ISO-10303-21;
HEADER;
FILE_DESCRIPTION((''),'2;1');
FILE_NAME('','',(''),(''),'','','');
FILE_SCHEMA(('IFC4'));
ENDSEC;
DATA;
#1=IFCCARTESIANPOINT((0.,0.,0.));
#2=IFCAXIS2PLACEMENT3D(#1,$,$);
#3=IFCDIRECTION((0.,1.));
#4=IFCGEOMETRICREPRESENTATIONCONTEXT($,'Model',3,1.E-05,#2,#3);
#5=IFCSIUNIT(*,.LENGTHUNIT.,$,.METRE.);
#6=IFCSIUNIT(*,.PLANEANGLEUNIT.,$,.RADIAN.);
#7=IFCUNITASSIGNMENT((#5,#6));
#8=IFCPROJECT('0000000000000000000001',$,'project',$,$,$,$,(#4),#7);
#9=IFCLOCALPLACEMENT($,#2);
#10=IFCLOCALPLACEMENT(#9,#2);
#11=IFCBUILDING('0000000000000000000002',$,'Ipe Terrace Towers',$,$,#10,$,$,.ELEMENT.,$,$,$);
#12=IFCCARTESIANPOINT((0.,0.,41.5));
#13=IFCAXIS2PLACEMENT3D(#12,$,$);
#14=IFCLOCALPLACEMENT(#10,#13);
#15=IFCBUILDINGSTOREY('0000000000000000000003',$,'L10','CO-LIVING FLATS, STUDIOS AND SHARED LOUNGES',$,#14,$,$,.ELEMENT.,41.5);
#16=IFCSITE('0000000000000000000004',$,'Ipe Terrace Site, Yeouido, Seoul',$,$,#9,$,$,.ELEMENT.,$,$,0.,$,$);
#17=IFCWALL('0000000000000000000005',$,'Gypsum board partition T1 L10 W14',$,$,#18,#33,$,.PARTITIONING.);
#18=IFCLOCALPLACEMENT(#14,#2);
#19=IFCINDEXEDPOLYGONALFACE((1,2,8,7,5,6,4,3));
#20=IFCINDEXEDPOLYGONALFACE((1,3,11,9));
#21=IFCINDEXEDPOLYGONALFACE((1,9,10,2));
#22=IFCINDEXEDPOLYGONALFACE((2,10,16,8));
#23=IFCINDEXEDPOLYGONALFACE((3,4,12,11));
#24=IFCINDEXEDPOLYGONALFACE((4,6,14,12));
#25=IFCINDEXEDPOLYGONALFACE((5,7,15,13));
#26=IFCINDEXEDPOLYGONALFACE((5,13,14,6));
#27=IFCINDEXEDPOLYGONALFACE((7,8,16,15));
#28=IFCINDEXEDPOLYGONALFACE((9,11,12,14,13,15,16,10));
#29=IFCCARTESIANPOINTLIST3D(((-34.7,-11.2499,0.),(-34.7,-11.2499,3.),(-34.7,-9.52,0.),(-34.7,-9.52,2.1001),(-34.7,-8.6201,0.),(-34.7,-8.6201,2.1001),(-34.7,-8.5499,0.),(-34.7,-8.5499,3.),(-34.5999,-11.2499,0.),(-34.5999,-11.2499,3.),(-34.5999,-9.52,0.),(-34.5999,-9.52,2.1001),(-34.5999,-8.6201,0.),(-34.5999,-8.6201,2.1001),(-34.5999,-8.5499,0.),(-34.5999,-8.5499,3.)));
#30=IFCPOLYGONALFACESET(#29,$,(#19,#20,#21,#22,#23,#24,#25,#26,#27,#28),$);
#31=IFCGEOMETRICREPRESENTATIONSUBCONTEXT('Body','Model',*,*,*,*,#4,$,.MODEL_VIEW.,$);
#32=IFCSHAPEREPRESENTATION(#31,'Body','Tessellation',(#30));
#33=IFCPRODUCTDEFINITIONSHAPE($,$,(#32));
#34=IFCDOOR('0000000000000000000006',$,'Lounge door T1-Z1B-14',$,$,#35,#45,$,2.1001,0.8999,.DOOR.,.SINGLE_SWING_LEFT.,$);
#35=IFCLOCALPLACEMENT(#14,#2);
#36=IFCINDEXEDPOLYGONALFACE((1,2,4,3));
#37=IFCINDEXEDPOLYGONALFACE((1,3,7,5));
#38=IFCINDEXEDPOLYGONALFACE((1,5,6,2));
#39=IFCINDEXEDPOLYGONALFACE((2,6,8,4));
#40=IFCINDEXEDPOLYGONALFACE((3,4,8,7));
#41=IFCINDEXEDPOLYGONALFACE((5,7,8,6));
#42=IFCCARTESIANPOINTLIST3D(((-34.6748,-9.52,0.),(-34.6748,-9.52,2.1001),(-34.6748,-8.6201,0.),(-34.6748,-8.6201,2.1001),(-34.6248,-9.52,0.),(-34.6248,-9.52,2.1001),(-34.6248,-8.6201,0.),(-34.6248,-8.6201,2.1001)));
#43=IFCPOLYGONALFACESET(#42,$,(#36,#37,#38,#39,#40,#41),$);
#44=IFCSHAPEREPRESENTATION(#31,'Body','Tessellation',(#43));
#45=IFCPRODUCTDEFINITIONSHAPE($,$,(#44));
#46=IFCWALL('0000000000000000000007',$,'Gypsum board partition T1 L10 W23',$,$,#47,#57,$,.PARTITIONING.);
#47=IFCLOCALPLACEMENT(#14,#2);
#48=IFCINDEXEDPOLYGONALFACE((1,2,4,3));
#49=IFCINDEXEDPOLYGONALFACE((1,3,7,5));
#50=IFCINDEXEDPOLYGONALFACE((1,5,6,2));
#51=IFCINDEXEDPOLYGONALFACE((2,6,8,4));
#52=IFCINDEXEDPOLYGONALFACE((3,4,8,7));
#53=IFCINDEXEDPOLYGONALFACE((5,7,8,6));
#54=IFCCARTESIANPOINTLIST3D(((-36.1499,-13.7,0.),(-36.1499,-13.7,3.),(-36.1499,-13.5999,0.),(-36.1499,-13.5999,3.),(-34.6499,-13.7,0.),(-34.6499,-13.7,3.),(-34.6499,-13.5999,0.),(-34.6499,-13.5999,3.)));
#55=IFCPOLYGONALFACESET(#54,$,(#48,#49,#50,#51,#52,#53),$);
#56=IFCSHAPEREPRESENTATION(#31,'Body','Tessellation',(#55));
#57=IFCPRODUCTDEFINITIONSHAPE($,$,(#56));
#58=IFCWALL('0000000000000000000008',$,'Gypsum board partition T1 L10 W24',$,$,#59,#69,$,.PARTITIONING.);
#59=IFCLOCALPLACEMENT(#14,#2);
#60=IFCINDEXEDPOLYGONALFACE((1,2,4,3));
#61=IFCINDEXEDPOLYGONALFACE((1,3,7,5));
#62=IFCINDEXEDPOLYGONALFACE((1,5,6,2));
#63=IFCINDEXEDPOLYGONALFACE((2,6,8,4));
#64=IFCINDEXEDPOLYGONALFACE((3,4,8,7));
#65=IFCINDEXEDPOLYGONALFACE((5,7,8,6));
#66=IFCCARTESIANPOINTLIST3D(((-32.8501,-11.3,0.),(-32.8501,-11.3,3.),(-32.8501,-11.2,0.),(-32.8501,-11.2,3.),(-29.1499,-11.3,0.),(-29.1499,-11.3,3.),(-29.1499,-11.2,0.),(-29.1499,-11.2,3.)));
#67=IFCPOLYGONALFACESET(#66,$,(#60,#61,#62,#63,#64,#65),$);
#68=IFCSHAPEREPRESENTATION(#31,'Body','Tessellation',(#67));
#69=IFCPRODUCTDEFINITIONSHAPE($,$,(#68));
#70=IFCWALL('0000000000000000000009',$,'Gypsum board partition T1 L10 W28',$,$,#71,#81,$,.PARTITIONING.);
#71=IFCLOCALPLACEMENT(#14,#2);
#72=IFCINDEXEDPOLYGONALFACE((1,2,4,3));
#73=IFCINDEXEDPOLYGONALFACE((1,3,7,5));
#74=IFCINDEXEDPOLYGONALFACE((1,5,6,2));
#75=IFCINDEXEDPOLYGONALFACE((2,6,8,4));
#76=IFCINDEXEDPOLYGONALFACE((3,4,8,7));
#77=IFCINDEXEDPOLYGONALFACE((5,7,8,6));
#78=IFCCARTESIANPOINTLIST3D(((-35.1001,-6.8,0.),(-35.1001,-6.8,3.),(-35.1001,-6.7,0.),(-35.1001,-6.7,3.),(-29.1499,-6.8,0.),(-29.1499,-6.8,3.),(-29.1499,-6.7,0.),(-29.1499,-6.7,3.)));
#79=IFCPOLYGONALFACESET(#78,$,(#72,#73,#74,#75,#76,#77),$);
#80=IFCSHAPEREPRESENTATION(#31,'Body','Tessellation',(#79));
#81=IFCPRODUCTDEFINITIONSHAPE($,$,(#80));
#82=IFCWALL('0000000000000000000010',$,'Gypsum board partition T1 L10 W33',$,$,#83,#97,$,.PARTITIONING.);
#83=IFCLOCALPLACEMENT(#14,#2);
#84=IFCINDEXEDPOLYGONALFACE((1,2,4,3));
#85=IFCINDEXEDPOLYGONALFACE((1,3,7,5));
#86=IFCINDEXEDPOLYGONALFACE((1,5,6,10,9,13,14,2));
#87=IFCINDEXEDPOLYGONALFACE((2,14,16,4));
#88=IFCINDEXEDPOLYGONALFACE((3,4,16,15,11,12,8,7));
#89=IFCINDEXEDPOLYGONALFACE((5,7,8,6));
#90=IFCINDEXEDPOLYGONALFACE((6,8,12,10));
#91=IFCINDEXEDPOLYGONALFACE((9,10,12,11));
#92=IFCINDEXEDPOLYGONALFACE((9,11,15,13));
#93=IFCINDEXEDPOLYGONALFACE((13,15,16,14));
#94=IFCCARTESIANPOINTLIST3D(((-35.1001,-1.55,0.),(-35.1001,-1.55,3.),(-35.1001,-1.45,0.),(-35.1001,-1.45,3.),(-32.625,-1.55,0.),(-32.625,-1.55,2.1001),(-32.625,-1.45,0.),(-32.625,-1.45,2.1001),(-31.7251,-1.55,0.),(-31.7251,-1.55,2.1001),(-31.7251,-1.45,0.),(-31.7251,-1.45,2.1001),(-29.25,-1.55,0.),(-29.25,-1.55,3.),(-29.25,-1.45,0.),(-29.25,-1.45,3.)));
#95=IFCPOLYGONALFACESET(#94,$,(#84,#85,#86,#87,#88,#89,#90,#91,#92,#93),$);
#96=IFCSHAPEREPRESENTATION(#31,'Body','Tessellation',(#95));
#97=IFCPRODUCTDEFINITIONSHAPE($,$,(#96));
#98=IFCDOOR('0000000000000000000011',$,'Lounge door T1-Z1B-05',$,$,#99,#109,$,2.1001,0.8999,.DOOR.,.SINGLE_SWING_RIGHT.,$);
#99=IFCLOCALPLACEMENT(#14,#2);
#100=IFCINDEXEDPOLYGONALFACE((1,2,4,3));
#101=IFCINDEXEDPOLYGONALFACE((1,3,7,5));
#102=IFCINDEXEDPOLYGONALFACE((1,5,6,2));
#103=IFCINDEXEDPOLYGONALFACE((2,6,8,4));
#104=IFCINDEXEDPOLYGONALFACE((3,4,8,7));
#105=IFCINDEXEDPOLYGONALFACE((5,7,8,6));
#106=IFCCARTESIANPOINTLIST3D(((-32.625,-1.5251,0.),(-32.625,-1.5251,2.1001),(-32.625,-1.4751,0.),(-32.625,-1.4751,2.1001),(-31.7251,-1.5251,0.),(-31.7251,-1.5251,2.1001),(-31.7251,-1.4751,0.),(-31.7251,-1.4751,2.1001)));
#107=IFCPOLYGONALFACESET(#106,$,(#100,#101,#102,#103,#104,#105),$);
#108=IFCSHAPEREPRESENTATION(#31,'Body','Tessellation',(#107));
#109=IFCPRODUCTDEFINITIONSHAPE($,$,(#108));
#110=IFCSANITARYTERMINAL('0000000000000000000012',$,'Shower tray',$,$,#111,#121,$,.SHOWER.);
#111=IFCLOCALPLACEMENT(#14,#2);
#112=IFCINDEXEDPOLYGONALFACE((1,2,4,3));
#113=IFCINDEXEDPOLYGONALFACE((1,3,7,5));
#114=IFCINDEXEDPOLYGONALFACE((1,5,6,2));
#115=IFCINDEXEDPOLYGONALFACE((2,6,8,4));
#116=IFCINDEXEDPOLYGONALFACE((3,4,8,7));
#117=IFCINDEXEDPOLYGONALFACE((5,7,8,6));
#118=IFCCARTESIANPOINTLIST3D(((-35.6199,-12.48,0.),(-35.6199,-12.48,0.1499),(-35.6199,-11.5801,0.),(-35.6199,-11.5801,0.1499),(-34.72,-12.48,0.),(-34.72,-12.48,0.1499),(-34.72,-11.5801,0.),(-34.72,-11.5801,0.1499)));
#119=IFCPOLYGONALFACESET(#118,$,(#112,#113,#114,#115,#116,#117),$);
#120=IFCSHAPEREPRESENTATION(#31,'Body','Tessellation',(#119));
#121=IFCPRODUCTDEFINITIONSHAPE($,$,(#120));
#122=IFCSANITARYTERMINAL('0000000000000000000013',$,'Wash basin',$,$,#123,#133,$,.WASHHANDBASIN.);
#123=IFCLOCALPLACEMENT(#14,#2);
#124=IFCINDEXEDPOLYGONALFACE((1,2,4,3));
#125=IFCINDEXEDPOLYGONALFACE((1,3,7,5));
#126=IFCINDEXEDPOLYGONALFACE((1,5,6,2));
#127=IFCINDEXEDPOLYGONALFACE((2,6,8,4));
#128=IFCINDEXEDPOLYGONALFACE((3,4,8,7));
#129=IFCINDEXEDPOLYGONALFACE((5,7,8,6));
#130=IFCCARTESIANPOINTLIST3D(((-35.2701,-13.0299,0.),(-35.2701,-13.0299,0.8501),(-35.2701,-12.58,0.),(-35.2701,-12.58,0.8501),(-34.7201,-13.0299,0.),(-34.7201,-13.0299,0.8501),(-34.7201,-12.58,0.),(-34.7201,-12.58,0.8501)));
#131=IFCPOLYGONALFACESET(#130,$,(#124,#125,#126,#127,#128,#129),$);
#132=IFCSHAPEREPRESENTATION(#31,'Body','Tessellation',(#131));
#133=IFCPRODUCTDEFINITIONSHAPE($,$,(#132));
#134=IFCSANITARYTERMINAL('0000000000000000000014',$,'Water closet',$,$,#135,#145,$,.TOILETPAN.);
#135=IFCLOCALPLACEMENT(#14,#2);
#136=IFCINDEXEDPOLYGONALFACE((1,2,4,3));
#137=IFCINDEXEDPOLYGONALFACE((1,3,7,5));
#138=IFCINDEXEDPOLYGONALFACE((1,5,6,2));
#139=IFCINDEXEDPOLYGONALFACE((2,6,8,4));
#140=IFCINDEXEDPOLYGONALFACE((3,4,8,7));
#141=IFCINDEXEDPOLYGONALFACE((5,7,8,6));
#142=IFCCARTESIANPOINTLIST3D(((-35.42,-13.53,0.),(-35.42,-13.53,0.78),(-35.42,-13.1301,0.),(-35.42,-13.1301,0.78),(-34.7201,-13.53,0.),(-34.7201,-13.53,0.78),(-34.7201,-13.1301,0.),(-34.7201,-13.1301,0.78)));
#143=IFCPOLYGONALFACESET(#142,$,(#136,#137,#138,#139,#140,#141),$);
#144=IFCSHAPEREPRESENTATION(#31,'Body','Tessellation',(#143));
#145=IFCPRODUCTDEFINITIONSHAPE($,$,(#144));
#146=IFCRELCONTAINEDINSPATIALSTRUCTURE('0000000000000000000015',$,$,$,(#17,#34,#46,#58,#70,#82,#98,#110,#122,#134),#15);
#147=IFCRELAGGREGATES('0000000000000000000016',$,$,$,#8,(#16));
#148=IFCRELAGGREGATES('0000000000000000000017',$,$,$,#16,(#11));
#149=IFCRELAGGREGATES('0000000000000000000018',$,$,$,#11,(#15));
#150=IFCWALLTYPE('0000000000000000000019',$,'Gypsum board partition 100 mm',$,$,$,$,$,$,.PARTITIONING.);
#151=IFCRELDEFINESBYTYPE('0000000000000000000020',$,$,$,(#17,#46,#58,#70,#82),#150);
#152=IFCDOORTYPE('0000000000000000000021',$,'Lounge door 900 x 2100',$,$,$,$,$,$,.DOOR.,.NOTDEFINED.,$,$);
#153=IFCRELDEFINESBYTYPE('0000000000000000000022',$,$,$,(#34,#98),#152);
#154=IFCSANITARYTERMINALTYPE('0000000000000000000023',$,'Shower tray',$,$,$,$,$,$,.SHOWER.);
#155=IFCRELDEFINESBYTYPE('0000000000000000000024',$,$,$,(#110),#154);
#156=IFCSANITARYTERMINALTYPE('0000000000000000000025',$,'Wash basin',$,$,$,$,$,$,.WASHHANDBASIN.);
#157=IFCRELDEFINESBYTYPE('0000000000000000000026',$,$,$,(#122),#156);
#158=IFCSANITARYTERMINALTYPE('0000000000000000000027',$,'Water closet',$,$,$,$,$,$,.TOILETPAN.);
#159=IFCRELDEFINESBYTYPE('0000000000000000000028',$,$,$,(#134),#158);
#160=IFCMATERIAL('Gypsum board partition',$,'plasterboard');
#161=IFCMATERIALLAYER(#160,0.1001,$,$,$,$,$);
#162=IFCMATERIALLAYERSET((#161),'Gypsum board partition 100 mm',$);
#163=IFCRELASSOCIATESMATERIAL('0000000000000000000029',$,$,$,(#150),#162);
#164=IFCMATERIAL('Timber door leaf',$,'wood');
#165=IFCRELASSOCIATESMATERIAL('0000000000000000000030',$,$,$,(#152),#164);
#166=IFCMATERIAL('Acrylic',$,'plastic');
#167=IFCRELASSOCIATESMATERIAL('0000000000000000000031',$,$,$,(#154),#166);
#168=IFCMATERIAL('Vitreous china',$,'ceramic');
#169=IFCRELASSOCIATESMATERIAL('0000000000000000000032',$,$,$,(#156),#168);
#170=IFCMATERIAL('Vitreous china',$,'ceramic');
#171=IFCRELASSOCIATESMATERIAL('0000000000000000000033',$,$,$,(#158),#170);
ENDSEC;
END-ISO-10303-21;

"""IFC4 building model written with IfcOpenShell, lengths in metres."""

from ifc_helpers import new_model, si_unit, direction, frame, frame_2d, origin, origin_2d, place, context, subcontext, project, spatial, rectangle, extrude, material, layer, layer_set, type_object, element, fill, save


model = new_model("IFC4")

# Units and contexts
model_context = context("Model", 3, precision=1e-05, world=origin(), true_north=direction((0.0, 1.0)))
body_context = subcontext(model_context, "Body", "Model", "MODEL_VIEW")
ifc_project = project(units=[si_unit("LENGTHUNIT", "METRE"), si_unit("PLANEANGLEUNIT", "RADIAN")], contexts=[model_context])

# Site, building, storey
site_placement = place(None, origin())
site = spatial("IfcSite", under=ifc_project, at=site_placement, Name="Ipe Terrace Site, Yeouido, Seoul", CompositionType="ELEMENT", RefElevation=0.0)
building_placement = place(site_placement, origin())
building = spatial("IfcBuilding", under=site, at=building_placement, Name="Ipe Terrace Towers", CompositionType="ELEMENT")
storey_placement = place(building_placement, frame((0.0, 0.0, 41.5)))
storey = spatial("IfcBuildingStorey", under=building, at=storey_placement, Name="L10", Description="CO-LIVING FLATS, STUDIOS AND SHARED LOUNGES", CompositionType="ELEMENT", Elevation=41.5)

# Shared definitions
ifc_material_1 = material(Name="Gypsum board partition", Category="plasterboard")
ifc_layer_1 = layer(ifc_material_1, 0.1001)
ifc_layer_set_1 = layer_set([ifc_layer_1], Name="Gypsum board partition 100 mm")
wall_type = type_object("IfcWallType", Name="Gypsum board partition 100 mm", PredefinedType="PARTITIONING", material=ifc_layer_set_1)

# Wall, opening, door
wall_1_placement = place(storey_placement, frame((-34.6499, -11.25, 0.0), z_axis=(0.0, 0.0, 1.0), x_axis=(0.0, 1.0, 0.0)))
wall_1 = element("IfcWall", 1, at=wall_1_placement, inside=storey, type_object=wall_type, Name="Gypsum board partition T1 L10 W14", PredefinedType="PARTITIONING", context=body_context, shape_type="SweptSolid", body=[
    extrude(rectangle(XDim=2.7, YDim=0.1001, at=frame_2d((1.3501, 0.0))), origin(), (0.0, 0.0, 1.0), 3.0),
])
opening_1_placement = place(wall_1_placement, frame((1.73, 0.0, 0.0)))
opening_1 = element("IfcOpeningElement", 2, at=opening_1_placement, cuts=wall_1, PredefinedType="OPENING", context=body_context, shape_type="SweptSolid", body=[
    extrude(rectangle(XDim=0.8999, YDim=2.1001, at=frame_2d((0.45, 1.05))), frame((0.0, 0.0601, 0.0), z_axis=(0.0, -1.0, 0.0), x_axis=(1.0, 0.0, 0.0)), (0.0, 0.0, 1.0), 0.1201),
])
ifc_material_2 = material(Name="Timber door leaf", Category="wood")
door_type_1 = type_object("IfcDoorType", Name="Lounge door 900 x 2100", OperationType="NOTDEFINED", PredefinedType="DOOR", material=ifc_material_2)
door_1_placement = place(opening_1_placement, origin())
door_1 = element("IfcDoor", 3, at=door_1_placement, inside=storey, type_object=door_type_1, Name="Lounge door T1-Z1B-14", OperationType="SINGLE_SWING_LEFT", OverallHeight=2.1001, OverallWidth=0.8999, PredefinedType="DOOR", context=body_context, shape_type="SweptSolid", body=[
    extrude(rectangle(XDim=0.8999, YDim=2.1001, at=frame_2d((0.45, 1.05))), frame((0.0, 0.0249, 0.0), z_axis=(0.0, -1.0, 0.0), x_axis=(1.0, 0.0, 0.0)), (0.0, 0.0, 1.0), 0.05),
])
fill(opening_1, door_1)

# Walls
wall_2_placement = place(storey_placement, frame((-36.1499, -13.6499, 0.0), z_axis=(0.0, 0.0, 1.0), x_axis=(1.0, 0.0, 0.0)))
element("IfcWall", 4, at=wall_2_placement, inside=storey, type_object=wall_type, Name="Gypsum board partition T1 L10 W23", PredefinedType="PARTITIONING", context=body_context, shape_type="SweptSolid", body=[
    extrude(rectangle(XDim=1.5, YDim=0.1001, at=frame_2d((0.75, 0.0))), origin(), (0.0, 0.0, 1.0), 3.0),
])
wall_3_placement = place(storey_placement, frame((-32.8501, -11.25, 0.0), z_axis=(0.0, 0.0, 1.0), x_axis=(1.0, 0.0, 0.0)))
element("IfcWall", 5, at=wall_3_placement, inside=storey, type_object=wall_type, Name="Gypsum board partition T1 L10 W24", PredefinedType="PARTITIONING", context=body_context, shape_type="SweptSolid", body=[
    extrude(rectangle(XDim=3.7002, YDim=0.1001, at=frame_2d((1.8501, 0.0))), origin(), (0.0, 0.0, 1.0), 3.0),
])
wall_4_placement = place(storey_placement, frame((-35.1001, -6.75, 0.0), z_axis=(0.0, 0.0, 1.0), x_axis=(1.0, 0.0, 0.0)))
element("IfcWall", 6, at=wall_4_placement, inside=storey, type_object=wall_type, Name="Gypsum board partition T1 L10 W28", PredefinedType="PARTITIONING", context=body_context, shape_type="SweptSolid", body=[
    extrude(rectangle(XDim=5.9502, YDim=0.1001, at=frame_2d((2.9751, 0.0))), origin(), (0.0, 0.0, 1.0), 3.0),
])

# Wall, opening, door
wall_5_placement = place(storey_placement, frame((-35.1001, -1.5, 0.0), z_axis=(0.0, 0.0, 1.0), x_axis=(1.0, 0.0, 0.0)))
wall_5 = element("IfcWall", 7, at=wall_5_placement, inside=storey, type_object=wall_type, Name="Gypsum board partition T1 L10 W33", PredefinedType="PARTITIONING", context=body_context, shape_type="SweptSolid", body=[
    extrude(rectangle(XDim=5.8501, YDim=0.1001, at=frame_2d((2.925, 0.0))), origin(), (0.0, 0.0, 1.0), 3.0),
])
opening_2_placement = place(wall_5_placement, frame((2.4751, 0.0, 0.0)))
opening_2 = element("IfcOpeningElement", 8, at=opening_2_placement, cuts=wall_5, PredefinedType="OPENING", context=body_context, shape_type="SweptSolid", body=[
    extrude(rectangle(XDim=0.8999, YDim=2.1001, at=frame_2d((0.45, 1.05))), frame((0.0, 0.0601, 0.0), z_axis=(0.0, -1.0, 0.0), x_axis=(1.0, 0.0, 0.0)), (0.0, 0.0, 1.0), 0.1201),
])
door_2_placement = place(opening_2_placement, origin())
door_2 = element("IfcDoor", 9, at=door_2_placement, inside=storey, type_object=door_type_1, Name="Lounge door T1-Z1B-05", OperationType="SINGLE_SWING_RIGHT", OverallHeight=2.1001, OverallWidth=0.8999, PredefinedType="DOOR", context=body_context, shape_type="SweptSolid", body=[
    extrude(rectangle(XDim=0.8999, YDim=2.1001, at=frame_2d((0.45, 1.05))), frame((0.0, 0.0249, 0.0), z_axis=(0.0, -1.0, 0.0), x_axis=(1.0, 0.0, 0.0)), (0.0, 0.0, 1.0), 0.05),
])
fill(opening_2, door_2)

# Sanitary terminals
ifc_material_3 = material(Name="Acrylic", Category="plastic")
sanitary_terminal_type_1 = type_object("IfcSanitaryTerminalType", Name="Shower tray", PredefinedType="SHOWER", material=ifc_material_3)
sanitary_terminal_1_placement = place(storey_placement, frame((-35.1699, -12.03, 0.0), z_axis=(0.0, 0.0, 1.0), x_axis=(-1.0, 0.0, 0.0)))
element("IfcSanitaryTerminal", 10, at=sanitary_terminal_1_placement, inside=storey, type_object=sanitary_terminal_type_1, Name="Shower tray", PredefinedType="SHOWER", context=body_context, shape_type="SweptSolid", body=[
    extrude(rectangle(XDim=0.8999, YDim=0.8999, at=origin_2d()), origin(), (0.0, 0.0, 1.0), 0.1499),
])
ifc_material_4 = material(Name="Vitreous china", Category="ceramic")
sanitary_terminal_type_2 = type_object("IfcSanitaryTerminalType", Name="Wash basin", PredefinedType="WASHHANDBASIN", material=ifc_material_4)
sanitary_terminal_2_placement = place(storey_placement, frame((-34.9951, -12.8049, 0.0), z_axis=(0.0, 0.0, 1.0), x_axis=(-1.0, 0.0, 0.0)))
element("IfcSanitaryTerminal", 11, at=sanitary_terminal_2_placement, inside=storey, type_object=sanitary_terminal_type_2, Name="Wash basin", PredefinedType="WASHHANDBASIN", context=body_context, shape_type="SweptSolid", body=[
    extrude(rectangle(XDim=0.55, YDim=0.45, at=origin_2d()), origin(), (0.0, 0.0, 1.0), 0.8501),
])
ifc_material_5 = material(Name="Vitreous china", Category="ceramic")
sanitary_terminal_type_3 = type_object("IfcSanitaryTerminalType", Name="Water closet", PredefinedType="TOILETPAN", material=ifc_material_5)
sanitary_terminal_3_placement = place(storey_placement, frame((-35.0701, -13.3301, 0.0), z_axis=(0.0, 0.0, 1.0), x_axis=(-1.0, 0.0, 0.0)))
element("IfcSanitaryTerminal", 12, at=sanitary_terminal_3_placement, inside=storey, type_object=sanitary_terminal_type_3, Name="Water closet", PredefinedType="TOILETPAN", context=body_context, shape_type="SweptSolid", body=[
    extrude(rectangle(XDim=0.7, YDim=0.3999, at=origin_2d()), origin(), (0.0, 0.0, 1.0), 0.78),
])

save(model, "model.ifc")
